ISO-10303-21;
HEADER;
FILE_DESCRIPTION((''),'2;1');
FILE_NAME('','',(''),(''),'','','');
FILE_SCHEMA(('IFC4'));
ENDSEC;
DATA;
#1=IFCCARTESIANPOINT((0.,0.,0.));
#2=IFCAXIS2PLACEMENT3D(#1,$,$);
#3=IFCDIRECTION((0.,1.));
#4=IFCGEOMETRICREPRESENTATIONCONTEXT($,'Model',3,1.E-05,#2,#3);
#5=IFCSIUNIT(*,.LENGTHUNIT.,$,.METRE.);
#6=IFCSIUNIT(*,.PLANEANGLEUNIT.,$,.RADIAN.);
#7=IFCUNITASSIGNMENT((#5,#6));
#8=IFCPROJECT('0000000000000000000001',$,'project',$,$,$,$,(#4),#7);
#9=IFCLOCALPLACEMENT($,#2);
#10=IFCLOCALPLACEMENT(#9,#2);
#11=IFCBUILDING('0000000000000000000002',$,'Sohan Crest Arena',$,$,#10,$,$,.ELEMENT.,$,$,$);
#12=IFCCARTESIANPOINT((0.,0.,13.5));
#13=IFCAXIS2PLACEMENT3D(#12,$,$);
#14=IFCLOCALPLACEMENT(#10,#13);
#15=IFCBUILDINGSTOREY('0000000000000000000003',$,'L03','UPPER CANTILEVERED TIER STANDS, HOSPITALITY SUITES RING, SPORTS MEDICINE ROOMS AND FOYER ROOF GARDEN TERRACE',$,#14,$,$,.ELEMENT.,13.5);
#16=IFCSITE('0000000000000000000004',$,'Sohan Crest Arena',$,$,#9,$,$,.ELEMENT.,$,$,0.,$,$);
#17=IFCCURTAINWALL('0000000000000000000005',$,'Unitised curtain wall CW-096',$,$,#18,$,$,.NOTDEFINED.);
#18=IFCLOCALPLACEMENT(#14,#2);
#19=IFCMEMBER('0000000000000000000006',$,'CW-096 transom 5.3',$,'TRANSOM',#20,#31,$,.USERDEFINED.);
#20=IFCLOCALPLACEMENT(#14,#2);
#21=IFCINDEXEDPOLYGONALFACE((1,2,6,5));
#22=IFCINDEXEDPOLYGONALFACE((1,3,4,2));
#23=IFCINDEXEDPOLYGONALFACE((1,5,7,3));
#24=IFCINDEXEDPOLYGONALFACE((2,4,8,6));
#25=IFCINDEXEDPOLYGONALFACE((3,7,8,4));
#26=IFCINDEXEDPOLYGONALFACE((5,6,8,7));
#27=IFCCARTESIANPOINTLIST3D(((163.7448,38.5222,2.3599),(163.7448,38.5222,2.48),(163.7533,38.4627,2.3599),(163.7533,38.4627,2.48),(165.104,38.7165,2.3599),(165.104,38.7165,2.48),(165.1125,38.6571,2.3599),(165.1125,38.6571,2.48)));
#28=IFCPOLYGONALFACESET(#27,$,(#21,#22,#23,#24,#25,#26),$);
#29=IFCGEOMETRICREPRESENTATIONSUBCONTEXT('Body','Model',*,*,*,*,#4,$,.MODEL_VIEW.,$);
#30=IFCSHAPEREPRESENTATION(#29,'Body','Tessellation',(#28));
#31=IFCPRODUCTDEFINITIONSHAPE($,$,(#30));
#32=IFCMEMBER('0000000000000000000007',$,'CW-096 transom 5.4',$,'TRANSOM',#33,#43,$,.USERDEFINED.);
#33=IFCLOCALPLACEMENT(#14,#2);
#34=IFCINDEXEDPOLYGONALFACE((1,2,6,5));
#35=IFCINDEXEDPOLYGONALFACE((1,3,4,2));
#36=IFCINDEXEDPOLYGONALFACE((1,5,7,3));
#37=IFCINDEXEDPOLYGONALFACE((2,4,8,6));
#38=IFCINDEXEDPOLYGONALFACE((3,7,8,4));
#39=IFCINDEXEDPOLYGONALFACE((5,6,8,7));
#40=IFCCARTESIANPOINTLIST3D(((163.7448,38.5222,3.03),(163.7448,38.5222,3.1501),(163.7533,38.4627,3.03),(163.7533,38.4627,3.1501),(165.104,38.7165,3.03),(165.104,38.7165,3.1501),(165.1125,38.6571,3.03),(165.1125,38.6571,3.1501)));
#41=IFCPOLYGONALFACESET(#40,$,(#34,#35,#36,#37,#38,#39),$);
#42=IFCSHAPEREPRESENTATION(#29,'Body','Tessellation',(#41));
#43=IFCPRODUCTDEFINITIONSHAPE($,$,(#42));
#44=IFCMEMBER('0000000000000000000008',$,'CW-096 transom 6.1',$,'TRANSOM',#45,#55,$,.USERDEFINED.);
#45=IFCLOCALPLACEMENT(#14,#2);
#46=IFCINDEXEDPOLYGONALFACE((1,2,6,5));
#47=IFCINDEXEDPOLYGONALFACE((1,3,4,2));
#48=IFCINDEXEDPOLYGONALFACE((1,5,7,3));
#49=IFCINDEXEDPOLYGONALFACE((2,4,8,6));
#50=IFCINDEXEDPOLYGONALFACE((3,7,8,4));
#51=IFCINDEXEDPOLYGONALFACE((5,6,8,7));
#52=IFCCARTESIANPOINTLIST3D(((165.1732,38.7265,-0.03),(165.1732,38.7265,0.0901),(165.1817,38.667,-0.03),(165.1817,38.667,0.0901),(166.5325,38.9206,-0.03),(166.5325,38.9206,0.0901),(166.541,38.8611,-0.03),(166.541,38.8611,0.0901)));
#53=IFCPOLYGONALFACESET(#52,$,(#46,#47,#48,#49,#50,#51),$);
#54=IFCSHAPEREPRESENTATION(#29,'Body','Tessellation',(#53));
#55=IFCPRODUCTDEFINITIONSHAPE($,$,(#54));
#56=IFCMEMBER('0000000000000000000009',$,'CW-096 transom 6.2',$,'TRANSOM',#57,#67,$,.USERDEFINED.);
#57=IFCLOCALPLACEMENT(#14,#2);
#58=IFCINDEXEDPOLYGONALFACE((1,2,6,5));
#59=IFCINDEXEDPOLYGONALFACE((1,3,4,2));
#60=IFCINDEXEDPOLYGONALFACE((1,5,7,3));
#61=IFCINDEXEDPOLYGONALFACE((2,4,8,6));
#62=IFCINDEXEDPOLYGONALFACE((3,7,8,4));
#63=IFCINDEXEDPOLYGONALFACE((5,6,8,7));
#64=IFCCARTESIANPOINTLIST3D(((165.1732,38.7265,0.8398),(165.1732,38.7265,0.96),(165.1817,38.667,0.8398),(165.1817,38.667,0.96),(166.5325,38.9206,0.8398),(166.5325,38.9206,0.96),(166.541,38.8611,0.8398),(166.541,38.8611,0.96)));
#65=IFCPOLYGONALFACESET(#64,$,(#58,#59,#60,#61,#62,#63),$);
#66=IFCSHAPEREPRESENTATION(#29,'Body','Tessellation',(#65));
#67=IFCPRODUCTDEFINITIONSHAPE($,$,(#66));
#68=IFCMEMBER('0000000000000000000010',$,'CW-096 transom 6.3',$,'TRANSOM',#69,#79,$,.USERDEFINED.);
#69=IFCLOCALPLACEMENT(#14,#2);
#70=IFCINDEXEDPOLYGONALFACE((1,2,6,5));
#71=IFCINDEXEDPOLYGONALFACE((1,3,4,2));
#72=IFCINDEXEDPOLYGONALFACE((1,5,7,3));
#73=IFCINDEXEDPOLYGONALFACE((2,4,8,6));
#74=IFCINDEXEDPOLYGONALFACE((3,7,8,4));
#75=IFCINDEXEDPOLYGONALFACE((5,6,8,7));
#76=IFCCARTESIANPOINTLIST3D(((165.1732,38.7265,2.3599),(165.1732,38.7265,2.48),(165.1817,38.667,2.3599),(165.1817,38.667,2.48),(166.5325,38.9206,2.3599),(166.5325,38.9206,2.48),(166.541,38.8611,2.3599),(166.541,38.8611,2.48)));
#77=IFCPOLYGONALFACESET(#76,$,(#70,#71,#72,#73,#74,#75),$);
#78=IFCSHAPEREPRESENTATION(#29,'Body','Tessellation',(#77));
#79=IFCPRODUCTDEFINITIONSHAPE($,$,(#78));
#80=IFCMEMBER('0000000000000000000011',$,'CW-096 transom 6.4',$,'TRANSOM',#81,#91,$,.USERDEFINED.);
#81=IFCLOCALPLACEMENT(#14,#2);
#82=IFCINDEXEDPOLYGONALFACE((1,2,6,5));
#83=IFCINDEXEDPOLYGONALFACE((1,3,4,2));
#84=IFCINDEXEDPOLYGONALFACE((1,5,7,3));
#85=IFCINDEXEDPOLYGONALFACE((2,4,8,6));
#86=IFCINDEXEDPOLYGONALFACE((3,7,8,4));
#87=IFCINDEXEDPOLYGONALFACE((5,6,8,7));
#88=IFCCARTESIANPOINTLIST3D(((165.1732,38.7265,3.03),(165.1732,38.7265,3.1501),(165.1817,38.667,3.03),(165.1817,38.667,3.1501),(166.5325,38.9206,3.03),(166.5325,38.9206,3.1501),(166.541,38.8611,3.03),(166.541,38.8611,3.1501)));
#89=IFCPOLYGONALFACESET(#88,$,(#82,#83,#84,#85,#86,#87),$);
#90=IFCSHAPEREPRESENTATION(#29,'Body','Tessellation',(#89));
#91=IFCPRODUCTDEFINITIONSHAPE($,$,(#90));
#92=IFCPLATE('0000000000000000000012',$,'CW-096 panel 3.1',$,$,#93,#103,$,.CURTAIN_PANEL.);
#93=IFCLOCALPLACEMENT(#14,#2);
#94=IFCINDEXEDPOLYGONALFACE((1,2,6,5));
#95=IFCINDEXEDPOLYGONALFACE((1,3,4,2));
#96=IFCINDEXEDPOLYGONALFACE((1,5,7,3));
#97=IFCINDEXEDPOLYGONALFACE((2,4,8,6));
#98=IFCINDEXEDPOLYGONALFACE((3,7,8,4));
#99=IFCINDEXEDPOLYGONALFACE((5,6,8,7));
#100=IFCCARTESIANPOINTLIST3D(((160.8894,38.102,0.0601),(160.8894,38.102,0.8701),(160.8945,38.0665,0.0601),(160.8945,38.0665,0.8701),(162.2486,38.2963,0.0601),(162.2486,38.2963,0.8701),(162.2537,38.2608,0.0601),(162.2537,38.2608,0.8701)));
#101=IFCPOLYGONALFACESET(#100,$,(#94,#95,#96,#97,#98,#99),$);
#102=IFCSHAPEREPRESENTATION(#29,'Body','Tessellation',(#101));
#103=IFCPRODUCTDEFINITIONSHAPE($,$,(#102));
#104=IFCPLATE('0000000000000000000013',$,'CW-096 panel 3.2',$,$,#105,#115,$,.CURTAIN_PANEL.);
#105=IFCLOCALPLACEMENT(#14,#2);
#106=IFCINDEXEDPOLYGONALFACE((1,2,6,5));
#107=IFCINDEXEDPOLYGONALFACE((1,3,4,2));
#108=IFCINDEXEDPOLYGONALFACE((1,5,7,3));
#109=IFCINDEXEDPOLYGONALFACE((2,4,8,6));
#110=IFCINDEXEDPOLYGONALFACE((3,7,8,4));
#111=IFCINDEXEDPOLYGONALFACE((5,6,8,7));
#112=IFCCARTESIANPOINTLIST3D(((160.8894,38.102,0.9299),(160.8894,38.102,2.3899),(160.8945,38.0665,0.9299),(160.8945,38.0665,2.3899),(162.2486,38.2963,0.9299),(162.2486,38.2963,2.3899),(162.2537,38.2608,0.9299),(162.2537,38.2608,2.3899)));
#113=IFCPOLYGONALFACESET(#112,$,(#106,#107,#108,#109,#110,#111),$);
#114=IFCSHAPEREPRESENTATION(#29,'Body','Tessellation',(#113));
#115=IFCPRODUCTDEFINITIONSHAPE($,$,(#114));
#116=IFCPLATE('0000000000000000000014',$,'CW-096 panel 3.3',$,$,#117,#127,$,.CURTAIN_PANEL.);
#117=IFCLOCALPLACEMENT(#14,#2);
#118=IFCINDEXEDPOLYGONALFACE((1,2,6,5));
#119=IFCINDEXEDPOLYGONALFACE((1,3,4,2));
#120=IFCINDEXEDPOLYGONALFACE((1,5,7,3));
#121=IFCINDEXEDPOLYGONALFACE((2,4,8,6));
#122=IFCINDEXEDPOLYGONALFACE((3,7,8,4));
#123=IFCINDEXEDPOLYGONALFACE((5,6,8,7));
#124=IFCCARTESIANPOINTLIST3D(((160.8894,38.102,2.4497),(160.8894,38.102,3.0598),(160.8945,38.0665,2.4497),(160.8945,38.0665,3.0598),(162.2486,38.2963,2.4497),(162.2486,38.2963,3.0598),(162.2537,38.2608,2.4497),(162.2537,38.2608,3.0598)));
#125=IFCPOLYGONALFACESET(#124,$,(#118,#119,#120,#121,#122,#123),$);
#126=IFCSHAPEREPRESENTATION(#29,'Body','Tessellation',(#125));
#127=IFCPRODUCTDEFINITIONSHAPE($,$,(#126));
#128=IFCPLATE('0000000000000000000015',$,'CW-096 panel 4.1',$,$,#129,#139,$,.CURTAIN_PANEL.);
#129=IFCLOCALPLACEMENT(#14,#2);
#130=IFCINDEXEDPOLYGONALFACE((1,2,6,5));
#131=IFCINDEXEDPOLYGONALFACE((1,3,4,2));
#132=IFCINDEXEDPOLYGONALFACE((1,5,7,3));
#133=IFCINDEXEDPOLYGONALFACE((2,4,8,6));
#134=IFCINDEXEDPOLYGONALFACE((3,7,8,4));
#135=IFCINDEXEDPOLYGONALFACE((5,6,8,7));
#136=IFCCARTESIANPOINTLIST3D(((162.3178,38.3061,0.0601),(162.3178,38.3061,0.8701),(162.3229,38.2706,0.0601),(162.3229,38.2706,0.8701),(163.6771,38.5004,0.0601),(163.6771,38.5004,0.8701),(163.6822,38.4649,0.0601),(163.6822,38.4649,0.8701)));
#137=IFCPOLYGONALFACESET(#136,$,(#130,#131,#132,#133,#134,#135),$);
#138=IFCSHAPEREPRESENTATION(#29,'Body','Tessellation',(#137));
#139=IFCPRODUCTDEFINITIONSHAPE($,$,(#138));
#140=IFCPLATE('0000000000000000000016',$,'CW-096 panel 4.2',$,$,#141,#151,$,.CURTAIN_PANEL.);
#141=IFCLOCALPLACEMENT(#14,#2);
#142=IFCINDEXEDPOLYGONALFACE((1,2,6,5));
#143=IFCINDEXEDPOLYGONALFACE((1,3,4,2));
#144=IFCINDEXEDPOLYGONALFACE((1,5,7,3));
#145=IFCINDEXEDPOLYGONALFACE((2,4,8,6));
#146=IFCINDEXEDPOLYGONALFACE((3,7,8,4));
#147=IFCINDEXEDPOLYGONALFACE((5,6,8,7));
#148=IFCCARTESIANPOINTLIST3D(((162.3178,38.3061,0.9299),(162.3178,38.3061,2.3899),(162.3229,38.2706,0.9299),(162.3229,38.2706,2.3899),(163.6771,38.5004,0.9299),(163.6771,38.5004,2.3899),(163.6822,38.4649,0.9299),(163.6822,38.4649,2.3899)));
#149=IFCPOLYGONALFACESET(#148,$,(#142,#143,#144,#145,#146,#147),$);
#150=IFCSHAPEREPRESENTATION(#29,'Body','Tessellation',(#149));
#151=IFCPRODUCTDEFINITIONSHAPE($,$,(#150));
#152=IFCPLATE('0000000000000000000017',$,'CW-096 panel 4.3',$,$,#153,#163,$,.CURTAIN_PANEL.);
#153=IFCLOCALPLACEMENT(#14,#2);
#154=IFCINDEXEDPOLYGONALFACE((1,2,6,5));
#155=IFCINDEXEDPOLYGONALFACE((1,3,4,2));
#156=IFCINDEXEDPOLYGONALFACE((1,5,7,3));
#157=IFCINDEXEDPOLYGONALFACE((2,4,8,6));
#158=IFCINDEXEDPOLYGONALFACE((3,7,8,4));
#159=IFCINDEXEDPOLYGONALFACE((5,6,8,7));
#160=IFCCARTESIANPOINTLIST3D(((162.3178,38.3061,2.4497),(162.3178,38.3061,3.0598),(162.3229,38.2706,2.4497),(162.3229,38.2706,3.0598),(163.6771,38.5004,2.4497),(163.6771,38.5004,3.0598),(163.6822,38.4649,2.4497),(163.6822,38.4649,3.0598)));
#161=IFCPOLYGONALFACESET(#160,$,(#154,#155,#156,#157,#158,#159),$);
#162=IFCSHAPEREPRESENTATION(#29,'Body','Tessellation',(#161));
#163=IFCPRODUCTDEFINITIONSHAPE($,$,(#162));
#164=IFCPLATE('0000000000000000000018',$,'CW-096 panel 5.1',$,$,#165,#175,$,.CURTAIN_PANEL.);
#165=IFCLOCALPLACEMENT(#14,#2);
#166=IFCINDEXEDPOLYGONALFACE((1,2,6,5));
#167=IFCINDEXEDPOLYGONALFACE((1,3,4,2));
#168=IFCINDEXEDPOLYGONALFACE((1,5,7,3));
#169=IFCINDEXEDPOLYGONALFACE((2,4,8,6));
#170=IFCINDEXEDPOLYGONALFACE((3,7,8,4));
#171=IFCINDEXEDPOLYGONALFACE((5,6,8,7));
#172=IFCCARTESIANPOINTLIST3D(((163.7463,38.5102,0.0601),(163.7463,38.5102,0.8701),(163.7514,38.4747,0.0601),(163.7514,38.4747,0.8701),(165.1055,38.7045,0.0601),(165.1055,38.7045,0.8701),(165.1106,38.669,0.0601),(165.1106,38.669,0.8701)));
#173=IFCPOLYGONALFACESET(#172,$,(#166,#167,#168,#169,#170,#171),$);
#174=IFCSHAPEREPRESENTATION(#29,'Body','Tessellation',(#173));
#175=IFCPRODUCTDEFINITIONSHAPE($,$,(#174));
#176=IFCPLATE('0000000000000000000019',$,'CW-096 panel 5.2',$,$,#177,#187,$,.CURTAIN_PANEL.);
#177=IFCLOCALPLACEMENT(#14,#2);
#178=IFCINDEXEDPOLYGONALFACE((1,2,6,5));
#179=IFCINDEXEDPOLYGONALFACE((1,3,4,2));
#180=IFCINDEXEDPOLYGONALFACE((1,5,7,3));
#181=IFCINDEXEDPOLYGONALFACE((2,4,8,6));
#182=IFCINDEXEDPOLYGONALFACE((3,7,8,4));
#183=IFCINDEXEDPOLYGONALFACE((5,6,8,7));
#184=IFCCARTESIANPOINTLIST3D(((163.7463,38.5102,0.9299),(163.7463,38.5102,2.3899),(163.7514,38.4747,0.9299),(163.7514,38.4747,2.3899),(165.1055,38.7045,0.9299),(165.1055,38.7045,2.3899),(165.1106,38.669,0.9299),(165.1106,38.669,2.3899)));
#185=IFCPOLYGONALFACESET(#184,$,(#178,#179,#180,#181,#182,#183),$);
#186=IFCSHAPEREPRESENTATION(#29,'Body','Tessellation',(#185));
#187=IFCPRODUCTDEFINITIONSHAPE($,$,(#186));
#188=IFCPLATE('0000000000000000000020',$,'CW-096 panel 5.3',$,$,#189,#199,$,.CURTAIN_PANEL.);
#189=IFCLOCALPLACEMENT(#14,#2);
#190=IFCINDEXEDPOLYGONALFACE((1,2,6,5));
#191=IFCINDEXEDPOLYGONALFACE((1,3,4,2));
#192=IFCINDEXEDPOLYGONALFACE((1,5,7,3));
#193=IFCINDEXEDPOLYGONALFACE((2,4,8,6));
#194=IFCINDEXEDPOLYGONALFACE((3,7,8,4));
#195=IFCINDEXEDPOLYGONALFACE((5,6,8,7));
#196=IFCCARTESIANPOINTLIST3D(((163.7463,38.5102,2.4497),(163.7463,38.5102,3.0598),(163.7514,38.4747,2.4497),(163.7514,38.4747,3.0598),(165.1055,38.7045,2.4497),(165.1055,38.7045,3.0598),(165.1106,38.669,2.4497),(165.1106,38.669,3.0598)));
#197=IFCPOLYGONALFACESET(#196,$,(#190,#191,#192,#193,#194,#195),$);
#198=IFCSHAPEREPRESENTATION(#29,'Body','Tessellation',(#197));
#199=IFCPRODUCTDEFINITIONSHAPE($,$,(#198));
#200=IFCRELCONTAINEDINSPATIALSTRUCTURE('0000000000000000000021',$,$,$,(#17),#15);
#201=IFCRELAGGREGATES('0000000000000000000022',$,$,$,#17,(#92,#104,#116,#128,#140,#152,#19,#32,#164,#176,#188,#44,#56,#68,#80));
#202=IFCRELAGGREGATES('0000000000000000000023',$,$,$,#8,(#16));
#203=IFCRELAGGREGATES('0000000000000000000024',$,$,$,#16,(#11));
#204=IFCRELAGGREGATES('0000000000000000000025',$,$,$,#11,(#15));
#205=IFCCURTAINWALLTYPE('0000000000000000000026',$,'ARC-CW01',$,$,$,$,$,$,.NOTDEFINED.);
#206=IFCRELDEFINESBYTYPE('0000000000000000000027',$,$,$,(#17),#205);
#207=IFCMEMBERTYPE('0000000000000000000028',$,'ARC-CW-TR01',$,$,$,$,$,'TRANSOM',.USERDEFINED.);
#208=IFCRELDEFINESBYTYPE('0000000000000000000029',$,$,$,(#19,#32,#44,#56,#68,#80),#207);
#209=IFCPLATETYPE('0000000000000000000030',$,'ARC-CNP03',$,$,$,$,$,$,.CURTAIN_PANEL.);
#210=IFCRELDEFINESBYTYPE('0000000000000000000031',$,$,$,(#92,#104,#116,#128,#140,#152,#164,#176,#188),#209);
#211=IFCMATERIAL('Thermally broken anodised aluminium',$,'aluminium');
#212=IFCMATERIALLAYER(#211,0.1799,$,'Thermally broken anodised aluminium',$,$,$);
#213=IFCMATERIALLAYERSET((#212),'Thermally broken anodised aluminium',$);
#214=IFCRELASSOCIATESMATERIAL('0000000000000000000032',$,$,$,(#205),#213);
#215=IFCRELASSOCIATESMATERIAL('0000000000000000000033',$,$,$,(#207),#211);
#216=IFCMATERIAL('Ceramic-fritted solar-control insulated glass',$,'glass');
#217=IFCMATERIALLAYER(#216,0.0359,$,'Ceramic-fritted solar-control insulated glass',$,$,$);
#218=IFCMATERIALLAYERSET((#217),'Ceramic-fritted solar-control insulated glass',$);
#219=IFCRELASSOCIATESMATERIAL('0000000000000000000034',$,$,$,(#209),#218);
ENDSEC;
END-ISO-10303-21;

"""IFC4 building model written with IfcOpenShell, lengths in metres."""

from ifc_helpers import new_model, si_unit, direction, frame, origin, origin_2d, place, context, subcontext, project, spatial, rectangle, extrude, material, layer, layer_set, material_profile, profile_set, type_object, element, aggregate, save


model = new_model("IFC4")

# Units and contexts
model_context = context("Model", 3, precision=1e-05, world=origin(), true_north=direction((0.0, 1.0)))
body_context = subcontext(model_context, "Body", "Model", "MODEL_VIEW")
ifc_project = project(units=[si_unit("LENGTHUNIT", "METRE"), si_unit("PLANEANGLEUNIT", "RADIAN")], contexts=[model_context])

# Site, building, storey
site_placement = place(None, origin())
site = spatial("IfcSite", under=ifc_project, at=site_placement, Name="Sohan Crest Arena", CompositionType="ELEMENT", RefElevation=0.0)
building_placement = place(site_placement, origin())
building = spatial("IfcBuilding", under=site, at=building_placement, Name="Sohan Crest Arena", CompositionType="ELEMENT")
storey_placement = place(building_placement, frame((0.0, 0.0, 13.5)))
storey = spatial("IfcBuildingStorey", under=building, at=storey_placement, Name="L03", Description="UPPER CANTILEVERED TIER STANDS, HOSPITALITY SUITES RING, SPORTS MEDICINE ROOMS AND FOYER ROOF GARDEN TERRACE", CompositionType="ELEMENT", Elevation=13.5)

# Curtain wall, members, plates
ifc_material_1 = material(Name="Thermally broken anodised aluminium", Category="aluminium")
ifc_layer_1 = layer(ifc_material_1, 0.1799, Name="Thermally broken anodised aluminium")
ifc_layer_set_1 = layer_set([ifc_layer_1], Name="Thermally broken anodised aluminium")
curtain_wall_type = type_object("IfcCurtainWallType", Name="ARC-CW01", PredefinedType="NOTDEFINED", material=ifc_layer_set_1)
curtain_wall_placement = place(storey_placement, origin())
curtain_wall = element("IfcCurtainWall", 1, at=curtain_wall_placement, inside=storey, type_object=curtain_wall_type, Name="Unitised curtain wall CW-096", PredefinedType="NOTDEFINED")
ifc_material_profile_1 = material_profile(ifc_material_1, rectangle(XDim=0.0601, YDim=0.1201, at=origin_2d()), Name="ALU-TRAN 60x120")
ifc_profile_set_1 = profile_set([ifc_material_profile_1], Name="Thermally broken anodised aluminium")
member_type_1 = type_object("IfcMemberType", Name="ARC-CW-TR01", ElementType="TRANSOM", PredefinedType="USERDEFINED", material=ifc_profile_set_1)
member_1_placement = place(storey_placement, frame((163.749, 38.4924, 2.4199), z_axis=(0.989932, 0.141546, 0.0), x_axis=(-0.141546, 0.989932, 0.0)))
member_1 = element("IfcMember", 2, at=member_1_placement, type_object=member_type_1, Name="CW-096 transom 5.3", ObjectType="TRANSOM", PredefinedType="USERDEFINED", context=body_context, shape_type="SweptSolid", body=[
    extrude(rectangle(XDim=0.0601, YDim=0.1201, at=origin_2d()), origin(), (0.0, 0.0, 1.0), 1.373),
])
member_2_placement = place(storey_placement, frame((163.749, 38.4924, 3.0901), z_axis=(0.989932, 0.141546, 0.0), x_axis=(-0.141546, 0.989932, 0.0)))
member_2 = element("IfcMember", 3, at=member_2_placement, type_object=member_type_1, Name="CW-096 transom 5.4", ObjectType="TRANSOM", PredefinedType="USERDEFINED", context=body_context, shape_type="SweptSolid", body=[
    extrude(rectangle(XDim=0.0601, YDim=0.1201, at=origin_2d()), origin(), (0.0, 0.0, 1.0), 1.373),
])
member_3_placement = place(storey_placement, frame((165.1775, 38.6968, 0.03), z_axis=(0.98996, 0.141347, 0.0), x_axis=(-0.141347, 0.98996, 0.0)))
member_3 = element("IfcMember", 4, at=member_3_placement, type_object=member_type_1, Name="CW-096 transom 6.1", ObjectType="TRANSOM", PredefinedType="USERDEFINED", context=body_context, shape_type="SweptSolid", body=[
    extrude(rectangle(XDim=0.0601, YDim=0.1201, at=origin_2d()), origin(), (0.0, 0.0, 1.0), 1.373),
])
member_4_placement = place(storey_placement, frame((165.1775, 38.6968, 0.8999), z_axis=(0.98996, 0.141347, 0.0), x_axis=(-0.141347, 0.98996, 0.0)))
member_4 = element("IfcMember", 5, at=member_4_placement, type_object=member_type_1, Name="CW-096 transom 6.2", ObjectType="TRANSOM", PredefinedType="USERDEFINED", context=body_context, shape_type="SweptSolid", body=[
    extrude(rectangle(XDim=0.0601, YDim=0.1201, at=origin_2d()), origin(), (0.0, 0.0, 1.0), 1.373),
])
member_5_placement = place(storey_placement, frame((165.1775, 38.6968, 2.4199), z_axis=(0.98996, 0.141347, 0.0), x_axis=(-0.141347, 0.98996, 0.0)))
member_5 = element("IfcMember", 6, at=member_5_placement, type_object=member_type_1, Name="CW-096 transom 6.3", ObjectType="TRANSOM", PredefinedType="USERDEFINED", context=body_context, shape_type="SweptSolid", body=[
    extrude(rectangle(XDim=0.0601, YDim=0.1201, at=origin_2d()), origin(), (0.0, 0.0, 1.0), 1.373),
])
member_6_placement = place(storey_placement, frame((165.1775, 38.6968, 3.0901), z_axis=(0.98996, 0.141347, 0.0), x_axis=(-0.141347, 0.98996, 0.0)))
member_6 = element("IfcMember", 7, at=member_6_placement, type_object=member_type_1, Name="CW-096 transom 6.4", ObjectType="TRANSOM", PredefinedType="USERDEFINED", context=body_context, shape_type="SweptSolid", body=[
    extrude(rectangle(XDim=0.0601, YDim=0.1201, at=origin_2d()), origin(), (0.0, 0.0, 1.0), 1.373),
])
ifc_material_2 = material(Name="Ceramic-fritted solar-control insulated glass", Category="glass")
ifc_layer_2 = layer(ifc_material_2, 0.0359, Name="Ceramic-fritted solar-control insulated glass")
ifc_layer_set_2 = layer_set([ifc_layer_2], Name="Ceramic-fritted solar-control insulated glass")
plate_type = type_object("IfcPlateType", Name="ARC-CNP03", PredefinedType="CURTAIN_PANEL", material=ifc_layer_set_2)
plate_1_placement = place(storey_placement, frame((161.5715, 38.1814, 0.0601), z_axis=(0.0, 0.0, 1.0), x_axis=(0.989944, 0.141463, 0.0)))
plate_1 = element("IfcPlate", 8, at=plate_1_placement, type_object=plate_type, Name="CW-096 panel 3.1", PredefinedType="CURTAIN_PANEL", context=body_context, shape_type="SweptSolid", body=[
    extrude(rectangle(XDim=1.373, YDim=0.0359, at=origin_2d()), origin(), (0.0, 0.0, 1.0), 0.8101),
])
plate_2_placement = place(storey_placement, frame((161.5715, 38.1814, 0.9299), z_axis=(0.0, 0.0, 1.0), x_axis=(0.989944, 0.141463, 0.0)))
plate_2 = element("IfcPlate", 9, at=plate_2_placement, type_object=plate_type, Name="CW-096 panel 3.2", PredefinedType="CURTAIN_PANEL", context=body_context, shape_type="SweptSolid", body=[
    extrude(rectangle(XDim=1.373, YDim=0.0359, at=origin_2d()), origin(), (0.0, 0.0, 1.0), 1.46),
])
plate_3_placement = place(storey_placement, frame((161.5715, 38.1814, 2.4497), z_axis=(0.0, 0.0, 1.0), x_axis=(0.989944, 0.141463, 0.0)))
plate_3 = element("IfcPlate", 10, at=plate_3_placement, type_object=plate_type, Name="CW-096 panel 3.3", PredefinedType="CURTAIN_PANEL", context=body_context, shape_type="SweptSolid", body=[
    extrude(rectangle(XDim=1.373, YDim=0.0359, at=origin_2d()), origin(), (0.0, 0.0, 1.0), 0.6101),
])
plate_4_placement = place(storey_placement, frame((163.0, 38.3855, 0.0601), z_axis=(0.0, 0.0, 1.0), x_axis=(0.989944, 0.141463, 0.0)))
plate_4 = element("IfcPlate", 11, at=plate_4_placement, type_object=plate_type, Name="CW-096 panel 4.1", PredefinedType="CURTAIN_PANEL", context=body_context, shape_type="SweptSolid", body=[
    extrude(rectangle(XDim=1.373, YDim=0.0359, at=origin_2d()), origin(), (0.0, 0.0, 1.0), 0.8101),
])
plate_5_placement = place(storey_placement, frame((163.0, 38.3855, 0.9299), z_axis=(0.0, 0.0, 1.0), x_axis=(0.989944, 0.141463, 0.0)))
plate_5 = element("IfcPlate", 12, at=plate_5_placement, type_object=plate_type, Name="CW-096 panel 4.2", PredefinedType="CURTAIN_PANEL", context=body_context, shape_type="SweptSolid", body=[
    extrude(rectangle(XDim=1.373, YDim=0.0359, at=origin_2d()), origin(), (0.0, 0.0, 1.0), 1.46),
])
plate_6_placement = place(storey_placement, frame((163.0, 38.3855, 2.4497), z_axis=(0.0, 0.0, 1.0), x_axis=(0.989944, 0.141463, 0.0)))
plate_6 = element("IfcPlate", 13, at=plate_6_placement, type_object=plate_type, Name="CW-096 panel 4.3", PredefinedType="CURTAIN_PANEL", context=body_context, shape_type="SweptSolid", body=[
    extrude(rectangle(XDim=1.373, YDim=0.0359, at=origin_2d()), origin(), (0.0, 0.0, 1.0), 0.6101),
])
plate_7_placement = place(storey_placement, frame((164.4285, 38.5896, 0.0601), z_axis=(0.0, 0.0, 1.0), x_axis=(0.989944, 0.141463, 0.0)))
plate_7 = element("IfcPlate", 14, at=plate_7_placement, type_object=plate_type, Name="CW-096 panel 5.1", PredefinedType="CURTAIN_PANEL", context=body_context, shape_type="SweptSolid", body=[
    extrude(rectangle(XDim=1.373, YDim=0.0359, at=origin_2d()), origin(), (0.0, 0.0, 1.0), 0.8101),
])
plate_8_placement = place(storey_placement, frame((164.4285, 38.5896, 0.9299), z_axis=(0.0, 0.0, 1.0), x_axis=(0.989944, 0.141463, 0.0)))
plate_8 = element("IfcPlate", 15, at=plate_8_placement, type_object=plate_type, Name="CW-096 panel 5.2", PredefinedType="CURTAIN_PANEL", context=body_context, shape_type="SweptSolid", body=[
    extrude(rectangle(XDim=1.373, YDim=0.0359, at=origin_2d()), origin(), (0.0, 0.0, 1.0), 1.46),
])
plate_9_placement = place(storey_placement, frame((164.4285, 38.5896, 2.4497), z_axis=(0.0, 0.0, 1.0), x_axis=(0.989944, 0.141463, 0.0)))
plate_9 = element("IfcPlate", 16, at=plate_9_placement, type_object=plate_type, Name="CW-096 panel 5.3", PredefinedType="CURTAIN_PANEL", context=body_context, shape_type="SweptSolid", body=[
    extrude(rectangle(XDim=1.373, YDim=0.0359, at=origin_2d()), origin(), (0.0, 0.0, 1.0), 0.6101),
])
aggregate(curtain_wall, [plate_1, plate_2, plate_3, plate_4, plate_5, plate_6, member_1, member_2, plate_7, plate_8, plate_9, member_3, member_4, member_5, member_6])

save(model, "model.ifc")
